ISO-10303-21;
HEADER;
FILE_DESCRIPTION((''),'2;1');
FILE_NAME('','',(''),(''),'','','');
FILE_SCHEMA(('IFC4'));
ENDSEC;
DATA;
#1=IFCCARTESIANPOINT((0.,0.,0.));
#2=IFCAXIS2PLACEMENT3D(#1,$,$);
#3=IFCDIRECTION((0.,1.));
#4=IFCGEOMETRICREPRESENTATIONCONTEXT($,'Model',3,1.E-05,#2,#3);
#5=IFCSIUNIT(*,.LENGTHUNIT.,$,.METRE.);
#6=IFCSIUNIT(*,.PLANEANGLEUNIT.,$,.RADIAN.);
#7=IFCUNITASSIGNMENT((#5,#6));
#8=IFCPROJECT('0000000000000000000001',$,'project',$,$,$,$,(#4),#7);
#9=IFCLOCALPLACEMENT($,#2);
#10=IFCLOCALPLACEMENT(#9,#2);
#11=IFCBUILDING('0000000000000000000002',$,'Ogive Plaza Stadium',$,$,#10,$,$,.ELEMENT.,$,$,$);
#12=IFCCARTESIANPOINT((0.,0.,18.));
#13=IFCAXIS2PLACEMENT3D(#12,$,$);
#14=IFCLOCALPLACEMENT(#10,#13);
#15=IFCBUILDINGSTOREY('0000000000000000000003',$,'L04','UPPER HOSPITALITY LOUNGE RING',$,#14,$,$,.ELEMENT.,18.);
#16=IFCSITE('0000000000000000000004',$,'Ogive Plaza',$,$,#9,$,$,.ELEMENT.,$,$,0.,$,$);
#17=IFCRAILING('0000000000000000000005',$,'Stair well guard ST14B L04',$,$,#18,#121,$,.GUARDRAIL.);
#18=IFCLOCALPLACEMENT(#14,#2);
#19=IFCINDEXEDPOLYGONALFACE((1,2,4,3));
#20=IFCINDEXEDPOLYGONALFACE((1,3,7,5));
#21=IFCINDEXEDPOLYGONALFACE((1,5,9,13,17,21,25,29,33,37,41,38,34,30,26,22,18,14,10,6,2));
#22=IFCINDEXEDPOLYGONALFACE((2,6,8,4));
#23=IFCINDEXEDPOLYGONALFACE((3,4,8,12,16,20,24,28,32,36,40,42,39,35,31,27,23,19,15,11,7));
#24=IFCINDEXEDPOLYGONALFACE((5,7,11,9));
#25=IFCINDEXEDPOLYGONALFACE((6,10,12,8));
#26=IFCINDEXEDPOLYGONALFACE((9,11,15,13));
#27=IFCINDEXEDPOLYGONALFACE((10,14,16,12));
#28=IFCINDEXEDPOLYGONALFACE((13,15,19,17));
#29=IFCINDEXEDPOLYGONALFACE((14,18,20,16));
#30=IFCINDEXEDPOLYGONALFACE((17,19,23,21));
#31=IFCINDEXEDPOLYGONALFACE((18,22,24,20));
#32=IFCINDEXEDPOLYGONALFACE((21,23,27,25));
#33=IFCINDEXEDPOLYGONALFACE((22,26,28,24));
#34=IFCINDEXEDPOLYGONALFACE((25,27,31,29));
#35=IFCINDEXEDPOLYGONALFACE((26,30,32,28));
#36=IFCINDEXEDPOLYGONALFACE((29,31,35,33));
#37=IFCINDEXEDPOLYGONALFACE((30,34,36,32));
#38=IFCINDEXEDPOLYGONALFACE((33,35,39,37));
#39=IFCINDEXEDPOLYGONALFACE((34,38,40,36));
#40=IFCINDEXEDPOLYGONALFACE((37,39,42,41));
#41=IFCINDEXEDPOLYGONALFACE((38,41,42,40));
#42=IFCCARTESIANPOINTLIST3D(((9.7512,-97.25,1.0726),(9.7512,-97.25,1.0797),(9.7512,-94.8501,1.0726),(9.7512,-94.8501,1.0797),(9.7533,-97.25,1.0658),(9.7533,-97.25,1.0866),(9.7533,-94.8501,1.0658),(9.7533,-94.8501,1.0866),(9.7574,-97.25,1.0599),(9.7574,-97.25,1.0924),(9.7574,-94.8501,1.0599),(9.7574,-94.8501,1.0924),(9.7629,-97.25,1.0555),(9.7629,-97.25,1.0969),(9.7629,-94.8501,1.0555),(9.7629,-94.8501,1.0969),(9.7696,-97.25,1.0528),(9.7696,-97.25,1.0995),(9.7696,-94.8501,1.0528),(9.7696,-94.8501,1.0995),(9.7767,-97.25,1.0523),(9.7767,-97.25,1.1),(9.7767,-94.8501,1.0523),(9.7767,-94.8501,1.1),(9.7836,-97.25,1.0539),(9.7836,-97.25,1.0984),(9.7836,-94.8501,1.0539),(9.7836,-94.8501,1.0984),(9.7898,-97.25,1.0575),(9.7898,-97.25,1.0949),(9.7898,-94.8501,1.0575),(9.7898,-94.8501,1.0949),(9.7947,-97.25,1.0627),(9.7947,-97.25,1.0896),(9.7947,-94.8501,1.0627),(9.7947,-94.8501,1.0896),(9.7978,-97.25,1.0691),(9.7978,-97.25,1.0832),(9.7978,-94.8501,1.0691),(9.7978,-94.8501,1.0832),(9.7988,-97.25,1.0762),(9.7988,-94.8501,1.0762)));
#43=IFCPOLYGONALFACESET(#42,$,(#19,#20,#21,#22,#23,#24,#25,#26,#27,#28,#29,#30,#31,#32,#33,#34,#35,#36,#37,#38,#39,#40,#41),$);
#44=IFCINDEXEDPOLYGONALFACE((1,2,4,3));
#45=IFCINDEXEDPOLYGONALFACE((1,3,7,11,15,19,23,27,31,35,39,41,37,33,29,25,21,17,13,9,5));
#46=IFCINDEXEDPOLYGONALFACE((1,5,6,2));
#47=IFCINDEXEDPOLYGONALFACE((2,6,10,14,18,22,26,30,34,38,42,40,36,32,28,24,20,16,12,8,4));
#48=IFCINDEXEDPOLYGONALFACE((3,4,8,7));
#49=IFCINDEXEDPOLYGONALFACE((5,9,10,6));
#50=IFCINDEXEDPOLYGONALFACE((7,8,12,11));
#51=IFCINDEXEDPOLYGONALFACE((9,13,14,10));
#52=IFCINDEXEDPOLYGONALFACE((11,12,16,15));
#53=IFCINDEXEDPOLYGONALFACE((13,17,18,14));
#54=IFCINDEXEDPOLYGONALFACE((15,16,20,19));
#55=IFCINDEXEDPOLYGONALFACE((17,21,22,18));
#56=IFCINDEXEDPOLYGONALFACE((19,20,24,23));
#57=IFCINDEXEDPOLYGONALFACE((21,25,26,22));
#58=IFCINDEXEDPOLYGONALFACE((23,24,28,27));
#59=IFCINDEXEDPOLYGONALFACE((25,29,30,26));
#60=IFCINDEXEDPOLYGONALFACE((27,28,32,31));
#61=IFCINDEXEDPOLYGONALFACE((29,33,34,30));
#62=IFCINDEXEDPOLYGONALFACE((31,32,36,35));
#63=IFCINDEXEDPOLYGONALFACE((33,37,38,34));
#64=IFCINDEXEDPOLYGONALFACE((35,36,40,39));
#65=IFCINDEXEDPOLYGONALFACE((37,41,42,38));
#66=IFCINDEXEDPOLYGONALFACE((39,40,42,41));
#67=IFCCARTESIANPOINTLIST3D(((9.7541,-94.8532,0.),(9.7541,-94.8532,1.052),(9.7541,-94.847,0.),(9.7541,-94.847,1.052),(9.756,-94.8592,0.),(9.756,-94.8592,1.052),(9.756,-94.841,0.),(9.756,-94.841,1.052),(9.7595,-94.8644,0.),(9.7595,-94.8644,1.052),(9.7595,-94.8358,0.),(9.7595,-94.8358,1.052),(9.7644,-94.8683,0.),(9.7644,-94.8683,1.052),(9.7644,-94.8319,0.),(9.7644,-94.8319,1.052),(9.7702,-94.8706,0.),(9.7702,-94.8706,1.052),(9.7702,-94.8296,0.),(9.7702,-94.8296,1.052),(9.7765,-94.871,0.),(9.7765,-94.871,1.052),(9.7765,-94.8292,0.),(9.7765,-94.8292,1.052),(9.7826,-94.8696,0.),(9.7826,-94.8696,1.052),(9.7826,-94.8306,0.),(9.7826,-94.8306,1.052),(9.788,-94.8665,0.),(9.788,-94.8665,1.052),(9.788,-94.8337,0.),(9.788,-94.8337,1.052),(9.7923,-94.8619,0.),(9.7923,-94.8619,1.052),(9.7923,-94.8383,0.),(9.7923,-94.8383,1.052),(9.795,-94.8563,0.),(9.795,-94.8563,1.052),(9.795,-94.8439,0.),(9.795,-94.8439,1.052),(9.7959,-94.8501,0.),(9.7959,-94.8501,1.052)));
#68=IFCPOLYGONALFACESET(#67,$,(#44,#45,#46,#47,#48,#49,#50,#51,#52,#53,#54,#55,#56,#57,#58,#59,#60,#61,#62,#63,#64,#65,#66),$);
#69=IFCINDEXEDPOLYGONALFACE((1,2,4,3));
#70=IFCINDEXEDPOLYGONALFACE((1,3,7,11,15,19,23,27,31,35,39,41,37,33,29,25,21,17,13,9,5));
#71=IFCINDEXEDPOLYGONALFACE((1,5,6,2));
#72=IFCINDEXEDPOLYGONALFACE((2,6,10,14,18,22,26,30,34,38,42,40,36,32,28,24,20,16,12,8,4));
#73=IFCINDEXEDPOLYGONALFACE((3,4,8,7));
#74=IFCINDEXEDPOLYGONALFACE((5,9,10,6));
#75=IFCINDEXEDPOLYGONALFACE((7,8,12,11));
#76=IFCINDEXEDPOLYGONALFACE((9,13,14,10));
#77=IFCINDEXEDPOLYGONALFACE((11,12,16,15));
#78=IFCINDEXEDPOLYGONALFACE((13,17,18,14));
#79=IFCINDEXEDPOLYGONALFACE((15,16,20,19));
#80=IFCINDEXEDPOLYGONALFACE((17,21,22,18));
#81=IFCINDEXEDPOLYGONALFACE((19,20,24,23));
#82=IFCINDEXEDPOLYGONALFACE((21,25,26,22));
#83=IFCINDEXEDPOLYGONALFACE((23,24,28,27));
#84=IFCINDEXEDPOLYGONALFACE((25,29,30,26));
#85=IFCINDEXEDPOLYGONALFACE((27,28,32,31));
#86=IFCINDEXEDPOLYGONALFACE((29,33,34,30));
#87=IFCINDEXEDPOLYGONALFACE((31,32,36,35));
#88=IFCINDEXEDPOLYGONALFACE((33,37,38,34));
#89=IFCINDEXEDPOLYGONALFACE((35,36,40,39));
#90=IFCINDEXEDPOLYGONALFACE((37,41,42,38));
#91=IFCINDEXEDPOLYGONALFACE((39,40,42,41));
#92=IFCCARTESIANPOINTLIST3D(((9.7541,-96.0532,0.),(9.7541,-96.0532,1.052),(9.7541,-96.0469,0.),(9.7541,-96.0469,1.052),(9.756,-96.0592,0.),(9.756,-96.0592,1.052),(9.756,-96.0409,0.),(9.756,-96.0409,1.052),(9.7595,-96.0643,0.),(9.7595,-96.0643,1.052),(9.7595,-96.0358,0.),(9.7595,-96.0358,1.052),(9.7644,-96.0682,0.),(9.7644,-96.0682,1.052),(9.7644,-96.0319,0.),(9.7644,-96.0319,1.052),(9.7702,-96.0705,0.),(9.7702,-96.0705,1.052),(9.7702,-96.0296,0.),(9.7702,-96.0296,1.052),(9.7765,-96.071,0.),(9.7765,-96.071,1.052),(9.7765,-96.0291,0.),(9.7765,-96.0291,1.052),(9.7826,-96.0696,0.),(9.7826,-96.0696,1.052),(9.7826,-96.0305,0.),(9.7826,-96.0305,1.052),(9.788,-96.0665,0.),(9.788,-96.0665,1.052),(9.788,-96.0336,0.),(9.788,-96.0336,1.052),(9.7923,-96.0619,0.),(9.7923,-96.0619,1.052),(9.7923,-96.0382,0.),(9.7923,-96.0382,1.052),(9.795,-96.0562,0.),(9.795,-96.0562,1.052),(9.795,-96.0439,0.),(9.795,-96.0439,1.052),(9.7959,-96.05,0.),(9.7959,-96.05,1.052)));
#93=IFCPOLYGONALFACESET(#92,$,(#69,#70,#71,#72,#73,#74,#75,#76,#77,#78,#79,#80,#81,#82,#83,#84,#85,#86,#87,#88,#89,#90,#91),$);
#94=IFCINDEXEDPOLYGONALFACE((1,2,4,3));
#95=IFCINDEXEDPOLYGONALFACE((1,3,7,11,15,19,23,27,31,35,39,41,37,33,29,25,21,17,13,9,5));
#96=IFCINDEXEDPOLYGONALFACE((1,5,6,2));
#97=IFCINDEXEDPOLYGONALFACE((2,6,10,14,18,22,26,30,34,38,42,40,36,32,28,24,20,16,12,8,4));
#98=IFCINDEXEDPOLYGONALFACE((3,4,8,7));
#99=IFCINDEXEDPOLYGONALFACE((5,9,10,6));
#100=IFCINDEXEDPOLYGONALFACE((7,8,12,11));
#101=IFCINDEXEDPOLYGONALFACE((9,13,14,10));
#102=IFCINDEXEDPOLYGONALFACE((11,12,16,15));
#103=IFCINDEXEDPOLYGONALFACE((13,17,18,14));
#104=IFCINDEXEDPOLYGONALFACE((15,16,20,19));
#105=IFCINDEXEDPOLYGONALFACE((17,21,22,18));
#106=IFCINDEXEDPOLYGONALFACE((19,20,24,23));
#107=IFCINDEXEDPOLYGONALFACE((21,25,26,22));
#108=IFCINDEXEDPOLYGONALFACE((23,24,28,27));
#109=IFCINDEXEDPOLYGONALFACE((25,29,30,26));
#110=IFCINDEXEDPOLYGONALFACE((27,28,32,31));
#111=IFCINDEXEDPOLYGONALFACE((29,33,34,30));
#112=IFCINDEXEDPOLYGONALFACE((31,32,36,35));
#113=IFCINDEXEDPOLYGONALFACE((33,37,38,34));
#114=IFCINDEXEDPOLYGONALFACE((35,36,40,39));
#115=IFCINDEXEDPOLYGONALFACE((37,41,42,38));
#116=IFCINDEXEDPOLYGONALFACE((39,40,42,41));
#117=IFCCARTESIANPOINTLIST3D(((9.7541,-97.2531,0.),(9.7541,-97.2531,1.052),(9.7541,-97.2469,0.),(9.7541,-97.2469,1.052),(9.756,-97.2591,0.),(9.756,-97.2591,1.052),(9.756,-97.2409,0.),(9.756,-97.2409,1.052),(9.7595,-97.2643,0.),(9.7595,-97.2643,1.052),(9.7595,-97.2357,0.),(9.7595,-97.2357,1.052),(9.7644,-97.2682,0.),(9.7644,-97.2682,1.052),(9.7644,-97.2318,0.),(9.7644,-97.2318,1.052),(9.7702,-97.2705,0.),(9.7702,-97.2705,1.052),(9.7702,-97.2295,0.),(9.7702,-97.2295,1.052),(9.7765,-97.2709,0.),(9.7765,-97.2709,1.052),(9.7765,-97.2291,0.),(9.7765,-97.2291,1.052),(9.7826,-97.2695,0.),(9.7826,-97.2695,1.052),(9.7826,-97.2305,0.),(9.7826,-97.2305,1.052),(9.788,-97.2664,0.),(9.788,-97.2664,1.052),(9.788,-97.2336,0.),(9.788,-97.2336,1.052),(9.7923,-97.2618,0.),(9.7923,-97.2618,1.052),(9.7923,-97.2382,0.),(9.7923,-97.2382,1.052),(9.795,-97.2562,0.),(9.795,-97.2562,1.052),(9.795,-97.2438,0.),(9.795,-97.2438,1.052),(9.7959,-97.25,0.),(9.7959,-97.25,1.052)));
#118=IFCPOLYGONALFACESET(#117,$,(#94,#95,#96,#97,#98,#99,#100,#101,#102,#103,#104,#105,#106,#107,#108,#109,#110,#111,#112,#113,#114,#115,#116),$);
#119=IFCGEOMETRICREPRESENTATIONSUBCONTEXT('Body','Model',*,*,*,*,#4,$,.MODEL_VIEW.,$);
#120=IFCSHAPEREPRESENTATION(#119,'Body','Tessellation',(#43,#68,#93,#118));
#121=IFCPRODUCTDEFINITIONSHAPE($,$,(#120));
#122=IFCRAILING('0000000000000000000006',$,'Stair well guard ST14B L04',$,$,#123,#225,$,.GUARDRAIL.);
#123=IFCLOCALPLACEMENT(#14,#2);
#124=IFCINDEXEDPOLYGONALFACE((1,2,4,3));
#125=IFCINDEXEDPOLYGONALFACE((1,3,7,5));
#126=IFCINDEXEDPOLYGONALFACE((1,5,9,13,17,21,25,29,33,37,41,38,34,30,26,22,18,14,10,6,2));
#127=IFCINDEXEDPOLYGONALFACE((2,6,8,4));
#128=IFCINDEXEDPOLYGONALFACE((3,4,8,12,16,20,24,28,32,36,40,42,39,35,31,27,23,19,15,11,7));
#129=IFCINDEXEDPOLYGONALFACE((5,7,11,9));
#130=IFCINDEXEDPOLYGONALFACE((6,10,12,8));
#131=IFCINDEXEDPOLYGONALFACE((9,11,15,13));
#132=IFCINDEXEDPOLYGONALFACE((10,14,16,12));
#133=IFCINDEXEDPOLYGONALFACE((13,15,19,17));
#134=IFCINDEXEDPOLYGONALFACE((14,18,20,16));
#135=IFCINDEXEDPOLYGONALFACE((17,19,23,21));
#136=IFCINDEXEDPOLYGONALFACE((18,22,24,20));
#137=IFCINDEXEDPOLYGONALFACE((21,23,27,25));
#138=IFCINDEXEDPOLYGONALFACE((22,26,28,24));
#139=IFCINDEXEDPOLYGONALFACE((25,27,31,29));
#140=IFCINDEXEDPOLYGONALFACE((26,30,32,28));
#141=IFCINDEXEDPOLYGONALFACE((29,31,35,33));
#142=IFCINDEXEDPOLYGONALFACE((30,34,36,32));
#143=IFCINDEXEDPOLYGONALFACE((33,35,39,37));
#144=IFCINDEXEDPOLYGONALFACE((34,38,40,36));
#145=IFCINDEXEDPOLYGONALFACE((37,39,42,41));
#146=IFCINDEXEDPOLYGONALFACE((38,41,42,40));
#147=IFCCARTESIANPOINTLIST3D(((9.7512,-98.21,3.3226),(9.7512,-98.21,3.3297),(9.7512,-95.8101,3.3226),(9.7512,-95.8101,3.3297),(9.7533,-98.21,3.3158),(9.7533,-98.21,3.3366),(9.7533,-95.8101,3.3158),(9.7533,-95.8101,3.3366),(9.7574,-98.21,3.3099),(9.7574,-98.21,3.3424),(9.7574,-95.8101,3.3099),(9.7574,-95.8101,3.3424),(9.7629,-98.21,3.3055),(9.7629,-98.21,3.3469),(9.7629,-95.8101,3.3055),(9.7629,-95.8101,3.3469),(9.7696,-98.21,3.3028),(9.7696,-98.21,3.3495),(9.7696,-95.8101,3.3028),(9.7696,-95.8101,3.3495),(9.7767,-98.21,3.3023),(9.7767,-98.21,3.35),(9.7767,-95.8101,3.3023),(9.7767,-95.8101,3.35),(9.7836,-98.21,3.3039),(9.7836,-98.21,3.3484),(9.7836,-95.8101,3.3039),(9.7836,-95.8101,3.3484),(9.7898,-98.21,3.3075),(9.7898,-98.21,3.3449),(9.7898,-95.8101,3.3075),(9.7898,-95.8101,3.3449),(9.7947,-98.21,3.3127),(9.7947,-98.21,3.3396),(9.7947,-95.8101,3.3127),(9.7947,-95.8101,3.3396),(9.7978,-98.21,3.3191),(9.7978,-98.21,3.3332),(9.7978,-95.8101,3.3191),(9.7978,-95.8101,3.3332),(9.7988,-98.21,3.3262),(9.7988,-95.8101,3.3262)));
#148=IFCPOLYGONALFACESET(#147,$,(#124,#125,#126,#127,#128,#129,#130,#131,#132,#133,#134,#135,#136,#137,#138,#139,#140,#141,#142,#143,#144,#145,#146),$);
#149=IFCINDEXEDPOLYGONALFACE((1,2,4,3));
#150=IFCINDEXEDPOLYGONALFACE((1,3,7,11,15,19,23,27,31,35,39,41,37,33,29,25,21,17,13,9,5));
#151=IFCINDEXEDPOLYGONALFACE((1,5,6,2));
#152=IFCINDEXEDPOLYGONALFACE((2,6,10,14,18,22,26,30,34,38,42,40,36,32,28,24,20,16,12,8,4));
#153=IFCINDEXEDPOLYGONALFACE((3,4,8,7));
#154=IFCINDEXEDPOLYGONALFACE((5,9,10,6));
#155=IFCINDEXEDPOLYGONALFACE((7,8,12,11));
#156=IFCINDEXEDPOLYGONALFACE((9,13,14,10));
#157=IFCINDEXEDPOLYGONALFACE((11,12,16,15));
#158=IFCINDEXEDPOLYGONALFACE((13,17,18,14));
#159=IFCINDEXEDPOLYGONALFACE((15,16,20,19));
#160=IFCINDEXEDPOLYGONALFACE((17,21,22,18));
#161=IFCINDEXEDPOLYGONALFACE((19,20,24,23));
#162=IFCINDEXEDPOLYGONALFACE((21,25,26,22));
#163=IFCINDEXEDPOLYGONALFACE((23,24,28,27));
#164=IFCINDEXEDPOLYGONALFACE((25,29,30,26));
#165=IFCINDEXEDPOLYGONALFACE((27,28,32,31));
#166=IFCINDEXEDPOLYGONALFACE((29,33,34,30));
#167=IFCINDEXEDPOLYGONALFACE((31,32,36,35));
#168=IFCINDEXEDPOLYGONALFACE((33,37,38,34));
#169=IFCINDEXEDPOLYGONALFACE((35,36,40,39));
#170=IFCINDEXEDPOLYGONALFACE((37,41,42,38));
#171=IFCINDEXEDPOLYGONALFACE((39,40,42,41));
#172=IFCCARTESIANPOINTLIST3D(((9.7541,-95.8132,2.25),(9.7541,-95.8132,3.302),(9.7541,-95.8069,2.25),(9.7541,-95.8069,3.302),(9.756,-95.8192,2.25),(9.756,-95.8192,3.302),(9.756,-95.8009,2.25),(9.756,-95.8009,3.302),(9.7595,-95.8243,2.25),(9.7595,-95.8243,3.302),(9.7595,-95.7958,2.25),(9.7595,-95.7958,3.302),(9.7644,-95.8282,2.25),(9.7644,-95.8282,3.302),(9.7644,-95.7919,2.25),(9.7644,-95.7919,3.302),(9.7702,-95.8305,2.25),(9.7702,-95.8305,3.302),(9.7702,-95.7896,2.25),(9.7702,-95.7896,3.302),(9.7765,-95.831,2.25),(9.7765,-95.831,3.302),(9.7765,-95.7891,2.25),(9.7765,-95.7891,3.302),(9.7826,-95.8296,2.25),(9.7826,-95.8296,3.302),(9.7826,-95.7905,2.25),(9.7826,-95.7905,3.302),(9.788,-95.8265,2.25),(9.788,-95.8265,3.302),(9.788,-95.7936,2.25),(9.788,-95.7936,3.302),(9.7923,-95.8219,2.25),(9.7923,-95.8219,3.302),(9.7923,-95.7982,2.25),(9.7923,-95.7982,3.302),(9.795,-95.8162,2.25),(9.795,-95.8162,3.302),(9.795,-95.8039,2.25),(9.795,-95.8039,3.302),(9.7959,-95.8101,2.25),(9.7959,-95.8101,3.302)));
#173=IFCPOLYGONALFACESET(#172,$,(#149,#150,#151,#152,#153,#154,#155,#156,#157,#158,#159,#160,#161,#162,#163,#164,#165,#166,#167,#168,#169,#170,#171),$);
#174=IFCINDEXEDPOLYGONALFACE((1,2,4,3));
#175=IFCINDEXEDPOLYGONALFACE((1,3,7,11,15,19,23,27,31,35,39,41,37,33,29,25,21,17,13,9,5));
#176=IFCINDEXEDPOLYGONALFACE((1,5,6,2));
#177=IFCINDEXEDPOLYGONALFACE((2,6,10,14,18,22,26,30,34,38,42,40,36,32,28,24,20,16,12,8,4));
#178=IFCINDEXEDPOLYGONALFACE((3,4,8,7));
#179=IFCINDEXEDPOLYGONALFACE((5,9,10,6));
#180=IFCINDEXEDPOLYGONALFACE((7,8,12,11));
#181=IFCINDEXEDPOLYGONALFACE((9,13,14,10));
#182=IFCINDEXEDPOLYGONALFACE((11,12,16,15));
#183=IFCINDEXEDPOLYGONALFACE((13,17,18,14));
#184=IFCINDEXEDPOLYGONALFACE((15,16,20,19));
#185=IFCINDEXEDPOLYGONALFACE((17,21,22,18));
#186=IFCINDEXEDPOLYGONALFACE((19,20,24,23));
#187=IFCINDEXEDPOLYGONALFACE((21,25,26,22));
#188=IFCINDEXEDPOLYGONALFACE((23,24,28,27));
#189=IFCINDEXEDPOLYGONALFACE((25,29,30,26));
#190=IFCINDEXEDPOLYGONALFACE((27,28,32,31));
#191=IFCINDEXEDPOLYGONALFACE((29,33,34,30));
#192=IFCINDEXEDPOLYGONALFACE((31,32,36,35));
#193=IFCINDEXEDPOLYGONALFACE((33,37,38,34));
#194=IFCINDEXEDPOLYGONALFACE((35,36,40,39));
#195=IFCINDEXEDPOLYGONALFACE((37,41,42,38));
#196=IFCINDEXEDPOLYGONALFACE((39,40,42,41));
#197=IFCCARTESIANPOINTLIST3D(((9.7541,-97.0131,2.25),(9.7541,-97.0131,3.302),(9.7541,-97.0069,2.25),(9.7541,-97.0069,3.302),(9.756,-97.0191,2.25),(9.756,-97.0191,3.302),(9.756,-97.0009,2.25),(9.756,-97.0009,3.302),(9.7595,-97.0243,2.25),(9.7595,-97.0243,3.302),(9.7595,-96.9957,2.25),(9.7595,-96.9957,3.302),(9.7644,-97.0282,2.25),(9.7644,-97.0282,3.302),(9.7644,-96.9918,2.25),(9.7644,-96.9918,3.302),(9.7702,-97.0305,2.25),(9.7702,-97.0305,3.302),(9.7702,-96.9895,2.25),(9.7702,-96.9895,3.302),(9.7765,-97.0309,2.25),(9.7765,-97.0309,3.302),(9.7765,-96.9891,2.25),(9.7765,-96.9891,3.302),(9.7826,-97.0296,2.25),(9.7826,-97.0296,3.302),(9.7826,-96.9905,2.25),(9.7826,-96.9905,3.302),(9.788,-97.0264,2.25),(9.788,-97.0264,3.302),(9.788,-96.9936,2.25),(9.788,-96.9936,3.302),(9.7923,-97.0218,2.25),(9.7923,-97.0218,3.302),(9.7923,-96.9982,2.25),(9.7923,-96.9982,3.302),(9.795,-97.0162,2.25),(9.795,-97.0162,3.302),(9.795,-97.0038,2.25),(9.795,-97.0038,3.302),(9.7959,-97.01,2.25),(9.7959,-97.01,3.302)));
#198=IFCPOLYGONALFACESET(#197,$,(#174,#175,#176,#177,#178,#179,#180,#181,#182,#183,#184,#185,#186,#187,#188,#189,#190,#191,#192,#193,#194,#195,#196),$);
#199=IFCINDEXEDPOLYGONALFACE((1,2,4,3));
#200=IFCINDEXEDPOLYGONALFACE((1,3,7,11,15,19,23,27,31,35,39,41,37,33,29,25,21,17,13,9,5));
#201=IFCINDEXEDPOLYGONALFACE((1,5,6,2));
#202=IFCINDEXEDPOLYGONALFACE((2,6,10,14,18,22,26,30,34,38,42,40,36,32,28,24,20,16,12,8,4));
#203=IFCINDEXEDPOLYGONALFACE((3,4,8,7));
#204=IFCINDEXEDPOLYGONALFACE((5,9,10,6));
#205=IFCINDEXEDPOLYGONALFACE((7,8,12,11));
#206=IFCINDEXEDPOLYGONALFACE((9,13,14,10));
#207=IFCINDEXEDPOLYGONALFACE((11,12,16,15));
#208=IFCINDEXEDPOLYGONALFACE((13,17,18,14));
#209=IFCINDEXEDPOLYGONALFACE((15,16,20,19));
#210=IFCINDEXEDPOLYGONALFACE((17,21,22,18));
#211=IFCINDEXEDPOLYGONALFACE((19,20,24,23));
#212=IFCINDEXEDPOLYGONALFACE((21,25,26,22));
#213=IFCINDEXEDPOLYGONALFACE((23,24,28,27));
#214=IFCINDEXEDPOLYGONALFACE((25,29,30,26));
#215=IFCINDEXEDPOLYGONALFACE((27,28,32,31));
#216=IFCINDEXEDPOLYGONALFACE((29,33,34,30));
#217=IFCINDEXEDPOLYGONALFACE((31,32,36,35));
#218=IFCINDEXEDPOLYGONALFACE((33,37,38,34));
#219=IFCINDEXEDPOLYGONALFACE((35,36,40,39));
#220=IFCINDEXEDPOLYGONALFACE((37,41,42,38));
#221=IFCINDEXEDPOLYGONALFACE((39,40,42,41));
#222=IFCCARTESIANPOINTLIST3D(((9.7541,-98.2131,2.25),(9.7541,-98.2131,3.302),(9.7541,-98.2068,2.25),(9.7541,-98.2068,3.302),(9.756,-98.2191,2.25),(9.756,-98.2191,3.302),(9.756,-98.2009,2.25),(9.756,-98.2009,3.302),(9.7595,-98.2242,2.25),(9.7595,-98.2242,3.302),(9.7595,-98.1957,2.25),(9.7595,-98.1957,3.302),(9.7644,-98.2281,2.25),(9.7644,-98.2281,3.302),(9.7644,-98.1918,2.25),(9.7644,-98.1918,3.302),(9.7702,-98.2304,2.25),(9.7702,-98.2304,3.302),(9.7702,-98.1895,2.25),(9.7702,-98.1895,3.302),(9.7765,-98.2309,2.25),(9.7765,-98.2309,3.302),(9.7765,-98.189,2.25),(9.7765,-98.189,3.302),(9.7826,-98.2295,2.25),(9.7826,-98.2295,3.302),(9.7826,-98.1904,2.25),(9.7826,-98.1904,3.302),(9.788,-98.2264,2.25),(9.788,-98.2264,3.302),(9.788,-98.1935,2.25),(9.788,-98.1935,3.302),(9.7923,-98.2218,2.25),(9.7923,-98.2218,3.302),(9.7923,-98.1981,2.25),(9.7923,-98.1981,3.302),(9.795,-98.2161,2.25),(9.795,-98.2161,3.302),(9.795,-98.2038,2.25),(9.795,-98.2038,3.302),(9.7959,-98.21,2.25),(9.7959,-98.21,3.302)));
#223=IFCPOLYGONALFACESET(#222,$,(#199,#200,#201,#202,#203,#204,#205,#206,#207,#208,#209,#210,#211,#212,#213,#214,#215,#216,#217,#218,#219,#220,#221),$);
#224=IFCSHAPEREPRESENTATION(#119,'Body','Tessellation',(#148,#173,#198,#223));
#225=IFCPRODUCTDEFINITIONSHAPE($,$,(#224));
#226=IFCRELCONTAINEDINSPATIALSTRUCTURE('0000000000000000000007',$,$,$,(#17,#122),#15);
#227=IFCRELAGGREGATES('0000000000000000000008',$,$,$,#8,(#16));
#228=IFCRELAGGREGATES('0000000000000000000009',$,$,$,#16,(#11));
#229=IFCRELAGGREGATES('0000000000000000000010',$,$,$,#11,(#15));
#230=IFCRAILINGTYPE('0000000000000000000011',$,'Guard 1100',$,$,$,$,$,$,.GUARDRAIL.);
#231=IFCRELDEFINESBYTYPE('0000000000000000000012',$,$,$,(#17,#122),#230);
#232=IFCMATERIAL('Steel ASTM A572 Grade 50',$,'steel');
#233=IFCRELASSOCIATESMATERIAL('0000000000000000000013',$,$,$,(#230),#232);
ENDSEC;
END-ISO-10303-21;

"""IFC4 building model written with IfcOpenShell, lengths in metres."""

from ifc_helpers import new_model, si_unit, direction, frame, origin, origin_2d, place, context, subcontext, project, spatial, circle, extrude, material, type_object, element, save


model = new_model("IFC4")

# Units and contexts
model_context = context("Model", 3, precision=1e-05, world=origin(), true_north=direction((0.0, 1.0)))
body_context = subcontext(model_context, "Body", "Model", "MODEL_VIEW")
ifc_project = project(units=[si_unit("LENGTHUNIT", "METRE"), si_unit("PLANEANGLEUNIT", "RADIAN")], contexts=[model_context])

# Site, building, storey
site_placement = place(None, origin())
site = spatial("IfcSite", under=ifc_project, at=site_placement, Name="Ogive Plaza", CompositionType="ELEMENT", RefElevation=0.0)
building_placement = place(site_placement, origin())
building = spatial("IfcBuilding", under=site, at=building_placement, Name="Ogive Plaza Stadium", CompositionType="ELEMENT")
storey_placement = place(building_placement, frame((0.0, 0.0, 18.0)))
storey = spatial("IfcBuildingStorey", under=building, at=storey_placement, Name="L04", Description="UPPER HOSPITALITY LOUNGE RING", CompositionType="ELEMENT", Elevation=18.0)

# Railings
ifc_material_1 = material(Name="Steel ASTM A572 Grade 50", Category="steel")
railing_type_1 = type_object("IfcRailingType", Name="Guard 1100", PredefinedType="GUARDRAIL", material=ifc_material_1)
for number, where, name in (
    (1, (9.7749, -94.8501, 0.0), "Stair well guard ST14B L04"),
    (2, (9.7749, -95.8101, 2.25), "Stair well guard ST14B L04"),
):
    element("IfcRailing", number, at=place(storey_placement, frame(where)), inside=storey, type_object=railing_type_1, Name=name, PredefinedType="GUARDRAIL", context=body_context, shape_type="SweptSolid", body=[
        extrude(circle(Radius=0.0239, at=origin_2d()), frame((0.0, 0.0, 1.0762), z_axis=(0.0, -1.0, 0.0), x_axis=(1.0, 0.0, 0.0)), (0.0, 0.0, 1.0), 2.3999),
        extrude(circle(Radius=0.021, at=origin_2d()), origin(), (0.0, 0.0, 1.0), 1.052),
        extrude(circle(Radius=0.021, at=origin_2d()), frame((0.0, -1.2, 0.0)), (0.0, 0.0, 1.0), 1.052),
        extrude(circle(Radius=0.021, at=origin_2d()), frame((0.0, -2.3999, 0.0)), (0.0, 0.0, 1.0), 1.052),
    ])

save(model, "model.ifc")
